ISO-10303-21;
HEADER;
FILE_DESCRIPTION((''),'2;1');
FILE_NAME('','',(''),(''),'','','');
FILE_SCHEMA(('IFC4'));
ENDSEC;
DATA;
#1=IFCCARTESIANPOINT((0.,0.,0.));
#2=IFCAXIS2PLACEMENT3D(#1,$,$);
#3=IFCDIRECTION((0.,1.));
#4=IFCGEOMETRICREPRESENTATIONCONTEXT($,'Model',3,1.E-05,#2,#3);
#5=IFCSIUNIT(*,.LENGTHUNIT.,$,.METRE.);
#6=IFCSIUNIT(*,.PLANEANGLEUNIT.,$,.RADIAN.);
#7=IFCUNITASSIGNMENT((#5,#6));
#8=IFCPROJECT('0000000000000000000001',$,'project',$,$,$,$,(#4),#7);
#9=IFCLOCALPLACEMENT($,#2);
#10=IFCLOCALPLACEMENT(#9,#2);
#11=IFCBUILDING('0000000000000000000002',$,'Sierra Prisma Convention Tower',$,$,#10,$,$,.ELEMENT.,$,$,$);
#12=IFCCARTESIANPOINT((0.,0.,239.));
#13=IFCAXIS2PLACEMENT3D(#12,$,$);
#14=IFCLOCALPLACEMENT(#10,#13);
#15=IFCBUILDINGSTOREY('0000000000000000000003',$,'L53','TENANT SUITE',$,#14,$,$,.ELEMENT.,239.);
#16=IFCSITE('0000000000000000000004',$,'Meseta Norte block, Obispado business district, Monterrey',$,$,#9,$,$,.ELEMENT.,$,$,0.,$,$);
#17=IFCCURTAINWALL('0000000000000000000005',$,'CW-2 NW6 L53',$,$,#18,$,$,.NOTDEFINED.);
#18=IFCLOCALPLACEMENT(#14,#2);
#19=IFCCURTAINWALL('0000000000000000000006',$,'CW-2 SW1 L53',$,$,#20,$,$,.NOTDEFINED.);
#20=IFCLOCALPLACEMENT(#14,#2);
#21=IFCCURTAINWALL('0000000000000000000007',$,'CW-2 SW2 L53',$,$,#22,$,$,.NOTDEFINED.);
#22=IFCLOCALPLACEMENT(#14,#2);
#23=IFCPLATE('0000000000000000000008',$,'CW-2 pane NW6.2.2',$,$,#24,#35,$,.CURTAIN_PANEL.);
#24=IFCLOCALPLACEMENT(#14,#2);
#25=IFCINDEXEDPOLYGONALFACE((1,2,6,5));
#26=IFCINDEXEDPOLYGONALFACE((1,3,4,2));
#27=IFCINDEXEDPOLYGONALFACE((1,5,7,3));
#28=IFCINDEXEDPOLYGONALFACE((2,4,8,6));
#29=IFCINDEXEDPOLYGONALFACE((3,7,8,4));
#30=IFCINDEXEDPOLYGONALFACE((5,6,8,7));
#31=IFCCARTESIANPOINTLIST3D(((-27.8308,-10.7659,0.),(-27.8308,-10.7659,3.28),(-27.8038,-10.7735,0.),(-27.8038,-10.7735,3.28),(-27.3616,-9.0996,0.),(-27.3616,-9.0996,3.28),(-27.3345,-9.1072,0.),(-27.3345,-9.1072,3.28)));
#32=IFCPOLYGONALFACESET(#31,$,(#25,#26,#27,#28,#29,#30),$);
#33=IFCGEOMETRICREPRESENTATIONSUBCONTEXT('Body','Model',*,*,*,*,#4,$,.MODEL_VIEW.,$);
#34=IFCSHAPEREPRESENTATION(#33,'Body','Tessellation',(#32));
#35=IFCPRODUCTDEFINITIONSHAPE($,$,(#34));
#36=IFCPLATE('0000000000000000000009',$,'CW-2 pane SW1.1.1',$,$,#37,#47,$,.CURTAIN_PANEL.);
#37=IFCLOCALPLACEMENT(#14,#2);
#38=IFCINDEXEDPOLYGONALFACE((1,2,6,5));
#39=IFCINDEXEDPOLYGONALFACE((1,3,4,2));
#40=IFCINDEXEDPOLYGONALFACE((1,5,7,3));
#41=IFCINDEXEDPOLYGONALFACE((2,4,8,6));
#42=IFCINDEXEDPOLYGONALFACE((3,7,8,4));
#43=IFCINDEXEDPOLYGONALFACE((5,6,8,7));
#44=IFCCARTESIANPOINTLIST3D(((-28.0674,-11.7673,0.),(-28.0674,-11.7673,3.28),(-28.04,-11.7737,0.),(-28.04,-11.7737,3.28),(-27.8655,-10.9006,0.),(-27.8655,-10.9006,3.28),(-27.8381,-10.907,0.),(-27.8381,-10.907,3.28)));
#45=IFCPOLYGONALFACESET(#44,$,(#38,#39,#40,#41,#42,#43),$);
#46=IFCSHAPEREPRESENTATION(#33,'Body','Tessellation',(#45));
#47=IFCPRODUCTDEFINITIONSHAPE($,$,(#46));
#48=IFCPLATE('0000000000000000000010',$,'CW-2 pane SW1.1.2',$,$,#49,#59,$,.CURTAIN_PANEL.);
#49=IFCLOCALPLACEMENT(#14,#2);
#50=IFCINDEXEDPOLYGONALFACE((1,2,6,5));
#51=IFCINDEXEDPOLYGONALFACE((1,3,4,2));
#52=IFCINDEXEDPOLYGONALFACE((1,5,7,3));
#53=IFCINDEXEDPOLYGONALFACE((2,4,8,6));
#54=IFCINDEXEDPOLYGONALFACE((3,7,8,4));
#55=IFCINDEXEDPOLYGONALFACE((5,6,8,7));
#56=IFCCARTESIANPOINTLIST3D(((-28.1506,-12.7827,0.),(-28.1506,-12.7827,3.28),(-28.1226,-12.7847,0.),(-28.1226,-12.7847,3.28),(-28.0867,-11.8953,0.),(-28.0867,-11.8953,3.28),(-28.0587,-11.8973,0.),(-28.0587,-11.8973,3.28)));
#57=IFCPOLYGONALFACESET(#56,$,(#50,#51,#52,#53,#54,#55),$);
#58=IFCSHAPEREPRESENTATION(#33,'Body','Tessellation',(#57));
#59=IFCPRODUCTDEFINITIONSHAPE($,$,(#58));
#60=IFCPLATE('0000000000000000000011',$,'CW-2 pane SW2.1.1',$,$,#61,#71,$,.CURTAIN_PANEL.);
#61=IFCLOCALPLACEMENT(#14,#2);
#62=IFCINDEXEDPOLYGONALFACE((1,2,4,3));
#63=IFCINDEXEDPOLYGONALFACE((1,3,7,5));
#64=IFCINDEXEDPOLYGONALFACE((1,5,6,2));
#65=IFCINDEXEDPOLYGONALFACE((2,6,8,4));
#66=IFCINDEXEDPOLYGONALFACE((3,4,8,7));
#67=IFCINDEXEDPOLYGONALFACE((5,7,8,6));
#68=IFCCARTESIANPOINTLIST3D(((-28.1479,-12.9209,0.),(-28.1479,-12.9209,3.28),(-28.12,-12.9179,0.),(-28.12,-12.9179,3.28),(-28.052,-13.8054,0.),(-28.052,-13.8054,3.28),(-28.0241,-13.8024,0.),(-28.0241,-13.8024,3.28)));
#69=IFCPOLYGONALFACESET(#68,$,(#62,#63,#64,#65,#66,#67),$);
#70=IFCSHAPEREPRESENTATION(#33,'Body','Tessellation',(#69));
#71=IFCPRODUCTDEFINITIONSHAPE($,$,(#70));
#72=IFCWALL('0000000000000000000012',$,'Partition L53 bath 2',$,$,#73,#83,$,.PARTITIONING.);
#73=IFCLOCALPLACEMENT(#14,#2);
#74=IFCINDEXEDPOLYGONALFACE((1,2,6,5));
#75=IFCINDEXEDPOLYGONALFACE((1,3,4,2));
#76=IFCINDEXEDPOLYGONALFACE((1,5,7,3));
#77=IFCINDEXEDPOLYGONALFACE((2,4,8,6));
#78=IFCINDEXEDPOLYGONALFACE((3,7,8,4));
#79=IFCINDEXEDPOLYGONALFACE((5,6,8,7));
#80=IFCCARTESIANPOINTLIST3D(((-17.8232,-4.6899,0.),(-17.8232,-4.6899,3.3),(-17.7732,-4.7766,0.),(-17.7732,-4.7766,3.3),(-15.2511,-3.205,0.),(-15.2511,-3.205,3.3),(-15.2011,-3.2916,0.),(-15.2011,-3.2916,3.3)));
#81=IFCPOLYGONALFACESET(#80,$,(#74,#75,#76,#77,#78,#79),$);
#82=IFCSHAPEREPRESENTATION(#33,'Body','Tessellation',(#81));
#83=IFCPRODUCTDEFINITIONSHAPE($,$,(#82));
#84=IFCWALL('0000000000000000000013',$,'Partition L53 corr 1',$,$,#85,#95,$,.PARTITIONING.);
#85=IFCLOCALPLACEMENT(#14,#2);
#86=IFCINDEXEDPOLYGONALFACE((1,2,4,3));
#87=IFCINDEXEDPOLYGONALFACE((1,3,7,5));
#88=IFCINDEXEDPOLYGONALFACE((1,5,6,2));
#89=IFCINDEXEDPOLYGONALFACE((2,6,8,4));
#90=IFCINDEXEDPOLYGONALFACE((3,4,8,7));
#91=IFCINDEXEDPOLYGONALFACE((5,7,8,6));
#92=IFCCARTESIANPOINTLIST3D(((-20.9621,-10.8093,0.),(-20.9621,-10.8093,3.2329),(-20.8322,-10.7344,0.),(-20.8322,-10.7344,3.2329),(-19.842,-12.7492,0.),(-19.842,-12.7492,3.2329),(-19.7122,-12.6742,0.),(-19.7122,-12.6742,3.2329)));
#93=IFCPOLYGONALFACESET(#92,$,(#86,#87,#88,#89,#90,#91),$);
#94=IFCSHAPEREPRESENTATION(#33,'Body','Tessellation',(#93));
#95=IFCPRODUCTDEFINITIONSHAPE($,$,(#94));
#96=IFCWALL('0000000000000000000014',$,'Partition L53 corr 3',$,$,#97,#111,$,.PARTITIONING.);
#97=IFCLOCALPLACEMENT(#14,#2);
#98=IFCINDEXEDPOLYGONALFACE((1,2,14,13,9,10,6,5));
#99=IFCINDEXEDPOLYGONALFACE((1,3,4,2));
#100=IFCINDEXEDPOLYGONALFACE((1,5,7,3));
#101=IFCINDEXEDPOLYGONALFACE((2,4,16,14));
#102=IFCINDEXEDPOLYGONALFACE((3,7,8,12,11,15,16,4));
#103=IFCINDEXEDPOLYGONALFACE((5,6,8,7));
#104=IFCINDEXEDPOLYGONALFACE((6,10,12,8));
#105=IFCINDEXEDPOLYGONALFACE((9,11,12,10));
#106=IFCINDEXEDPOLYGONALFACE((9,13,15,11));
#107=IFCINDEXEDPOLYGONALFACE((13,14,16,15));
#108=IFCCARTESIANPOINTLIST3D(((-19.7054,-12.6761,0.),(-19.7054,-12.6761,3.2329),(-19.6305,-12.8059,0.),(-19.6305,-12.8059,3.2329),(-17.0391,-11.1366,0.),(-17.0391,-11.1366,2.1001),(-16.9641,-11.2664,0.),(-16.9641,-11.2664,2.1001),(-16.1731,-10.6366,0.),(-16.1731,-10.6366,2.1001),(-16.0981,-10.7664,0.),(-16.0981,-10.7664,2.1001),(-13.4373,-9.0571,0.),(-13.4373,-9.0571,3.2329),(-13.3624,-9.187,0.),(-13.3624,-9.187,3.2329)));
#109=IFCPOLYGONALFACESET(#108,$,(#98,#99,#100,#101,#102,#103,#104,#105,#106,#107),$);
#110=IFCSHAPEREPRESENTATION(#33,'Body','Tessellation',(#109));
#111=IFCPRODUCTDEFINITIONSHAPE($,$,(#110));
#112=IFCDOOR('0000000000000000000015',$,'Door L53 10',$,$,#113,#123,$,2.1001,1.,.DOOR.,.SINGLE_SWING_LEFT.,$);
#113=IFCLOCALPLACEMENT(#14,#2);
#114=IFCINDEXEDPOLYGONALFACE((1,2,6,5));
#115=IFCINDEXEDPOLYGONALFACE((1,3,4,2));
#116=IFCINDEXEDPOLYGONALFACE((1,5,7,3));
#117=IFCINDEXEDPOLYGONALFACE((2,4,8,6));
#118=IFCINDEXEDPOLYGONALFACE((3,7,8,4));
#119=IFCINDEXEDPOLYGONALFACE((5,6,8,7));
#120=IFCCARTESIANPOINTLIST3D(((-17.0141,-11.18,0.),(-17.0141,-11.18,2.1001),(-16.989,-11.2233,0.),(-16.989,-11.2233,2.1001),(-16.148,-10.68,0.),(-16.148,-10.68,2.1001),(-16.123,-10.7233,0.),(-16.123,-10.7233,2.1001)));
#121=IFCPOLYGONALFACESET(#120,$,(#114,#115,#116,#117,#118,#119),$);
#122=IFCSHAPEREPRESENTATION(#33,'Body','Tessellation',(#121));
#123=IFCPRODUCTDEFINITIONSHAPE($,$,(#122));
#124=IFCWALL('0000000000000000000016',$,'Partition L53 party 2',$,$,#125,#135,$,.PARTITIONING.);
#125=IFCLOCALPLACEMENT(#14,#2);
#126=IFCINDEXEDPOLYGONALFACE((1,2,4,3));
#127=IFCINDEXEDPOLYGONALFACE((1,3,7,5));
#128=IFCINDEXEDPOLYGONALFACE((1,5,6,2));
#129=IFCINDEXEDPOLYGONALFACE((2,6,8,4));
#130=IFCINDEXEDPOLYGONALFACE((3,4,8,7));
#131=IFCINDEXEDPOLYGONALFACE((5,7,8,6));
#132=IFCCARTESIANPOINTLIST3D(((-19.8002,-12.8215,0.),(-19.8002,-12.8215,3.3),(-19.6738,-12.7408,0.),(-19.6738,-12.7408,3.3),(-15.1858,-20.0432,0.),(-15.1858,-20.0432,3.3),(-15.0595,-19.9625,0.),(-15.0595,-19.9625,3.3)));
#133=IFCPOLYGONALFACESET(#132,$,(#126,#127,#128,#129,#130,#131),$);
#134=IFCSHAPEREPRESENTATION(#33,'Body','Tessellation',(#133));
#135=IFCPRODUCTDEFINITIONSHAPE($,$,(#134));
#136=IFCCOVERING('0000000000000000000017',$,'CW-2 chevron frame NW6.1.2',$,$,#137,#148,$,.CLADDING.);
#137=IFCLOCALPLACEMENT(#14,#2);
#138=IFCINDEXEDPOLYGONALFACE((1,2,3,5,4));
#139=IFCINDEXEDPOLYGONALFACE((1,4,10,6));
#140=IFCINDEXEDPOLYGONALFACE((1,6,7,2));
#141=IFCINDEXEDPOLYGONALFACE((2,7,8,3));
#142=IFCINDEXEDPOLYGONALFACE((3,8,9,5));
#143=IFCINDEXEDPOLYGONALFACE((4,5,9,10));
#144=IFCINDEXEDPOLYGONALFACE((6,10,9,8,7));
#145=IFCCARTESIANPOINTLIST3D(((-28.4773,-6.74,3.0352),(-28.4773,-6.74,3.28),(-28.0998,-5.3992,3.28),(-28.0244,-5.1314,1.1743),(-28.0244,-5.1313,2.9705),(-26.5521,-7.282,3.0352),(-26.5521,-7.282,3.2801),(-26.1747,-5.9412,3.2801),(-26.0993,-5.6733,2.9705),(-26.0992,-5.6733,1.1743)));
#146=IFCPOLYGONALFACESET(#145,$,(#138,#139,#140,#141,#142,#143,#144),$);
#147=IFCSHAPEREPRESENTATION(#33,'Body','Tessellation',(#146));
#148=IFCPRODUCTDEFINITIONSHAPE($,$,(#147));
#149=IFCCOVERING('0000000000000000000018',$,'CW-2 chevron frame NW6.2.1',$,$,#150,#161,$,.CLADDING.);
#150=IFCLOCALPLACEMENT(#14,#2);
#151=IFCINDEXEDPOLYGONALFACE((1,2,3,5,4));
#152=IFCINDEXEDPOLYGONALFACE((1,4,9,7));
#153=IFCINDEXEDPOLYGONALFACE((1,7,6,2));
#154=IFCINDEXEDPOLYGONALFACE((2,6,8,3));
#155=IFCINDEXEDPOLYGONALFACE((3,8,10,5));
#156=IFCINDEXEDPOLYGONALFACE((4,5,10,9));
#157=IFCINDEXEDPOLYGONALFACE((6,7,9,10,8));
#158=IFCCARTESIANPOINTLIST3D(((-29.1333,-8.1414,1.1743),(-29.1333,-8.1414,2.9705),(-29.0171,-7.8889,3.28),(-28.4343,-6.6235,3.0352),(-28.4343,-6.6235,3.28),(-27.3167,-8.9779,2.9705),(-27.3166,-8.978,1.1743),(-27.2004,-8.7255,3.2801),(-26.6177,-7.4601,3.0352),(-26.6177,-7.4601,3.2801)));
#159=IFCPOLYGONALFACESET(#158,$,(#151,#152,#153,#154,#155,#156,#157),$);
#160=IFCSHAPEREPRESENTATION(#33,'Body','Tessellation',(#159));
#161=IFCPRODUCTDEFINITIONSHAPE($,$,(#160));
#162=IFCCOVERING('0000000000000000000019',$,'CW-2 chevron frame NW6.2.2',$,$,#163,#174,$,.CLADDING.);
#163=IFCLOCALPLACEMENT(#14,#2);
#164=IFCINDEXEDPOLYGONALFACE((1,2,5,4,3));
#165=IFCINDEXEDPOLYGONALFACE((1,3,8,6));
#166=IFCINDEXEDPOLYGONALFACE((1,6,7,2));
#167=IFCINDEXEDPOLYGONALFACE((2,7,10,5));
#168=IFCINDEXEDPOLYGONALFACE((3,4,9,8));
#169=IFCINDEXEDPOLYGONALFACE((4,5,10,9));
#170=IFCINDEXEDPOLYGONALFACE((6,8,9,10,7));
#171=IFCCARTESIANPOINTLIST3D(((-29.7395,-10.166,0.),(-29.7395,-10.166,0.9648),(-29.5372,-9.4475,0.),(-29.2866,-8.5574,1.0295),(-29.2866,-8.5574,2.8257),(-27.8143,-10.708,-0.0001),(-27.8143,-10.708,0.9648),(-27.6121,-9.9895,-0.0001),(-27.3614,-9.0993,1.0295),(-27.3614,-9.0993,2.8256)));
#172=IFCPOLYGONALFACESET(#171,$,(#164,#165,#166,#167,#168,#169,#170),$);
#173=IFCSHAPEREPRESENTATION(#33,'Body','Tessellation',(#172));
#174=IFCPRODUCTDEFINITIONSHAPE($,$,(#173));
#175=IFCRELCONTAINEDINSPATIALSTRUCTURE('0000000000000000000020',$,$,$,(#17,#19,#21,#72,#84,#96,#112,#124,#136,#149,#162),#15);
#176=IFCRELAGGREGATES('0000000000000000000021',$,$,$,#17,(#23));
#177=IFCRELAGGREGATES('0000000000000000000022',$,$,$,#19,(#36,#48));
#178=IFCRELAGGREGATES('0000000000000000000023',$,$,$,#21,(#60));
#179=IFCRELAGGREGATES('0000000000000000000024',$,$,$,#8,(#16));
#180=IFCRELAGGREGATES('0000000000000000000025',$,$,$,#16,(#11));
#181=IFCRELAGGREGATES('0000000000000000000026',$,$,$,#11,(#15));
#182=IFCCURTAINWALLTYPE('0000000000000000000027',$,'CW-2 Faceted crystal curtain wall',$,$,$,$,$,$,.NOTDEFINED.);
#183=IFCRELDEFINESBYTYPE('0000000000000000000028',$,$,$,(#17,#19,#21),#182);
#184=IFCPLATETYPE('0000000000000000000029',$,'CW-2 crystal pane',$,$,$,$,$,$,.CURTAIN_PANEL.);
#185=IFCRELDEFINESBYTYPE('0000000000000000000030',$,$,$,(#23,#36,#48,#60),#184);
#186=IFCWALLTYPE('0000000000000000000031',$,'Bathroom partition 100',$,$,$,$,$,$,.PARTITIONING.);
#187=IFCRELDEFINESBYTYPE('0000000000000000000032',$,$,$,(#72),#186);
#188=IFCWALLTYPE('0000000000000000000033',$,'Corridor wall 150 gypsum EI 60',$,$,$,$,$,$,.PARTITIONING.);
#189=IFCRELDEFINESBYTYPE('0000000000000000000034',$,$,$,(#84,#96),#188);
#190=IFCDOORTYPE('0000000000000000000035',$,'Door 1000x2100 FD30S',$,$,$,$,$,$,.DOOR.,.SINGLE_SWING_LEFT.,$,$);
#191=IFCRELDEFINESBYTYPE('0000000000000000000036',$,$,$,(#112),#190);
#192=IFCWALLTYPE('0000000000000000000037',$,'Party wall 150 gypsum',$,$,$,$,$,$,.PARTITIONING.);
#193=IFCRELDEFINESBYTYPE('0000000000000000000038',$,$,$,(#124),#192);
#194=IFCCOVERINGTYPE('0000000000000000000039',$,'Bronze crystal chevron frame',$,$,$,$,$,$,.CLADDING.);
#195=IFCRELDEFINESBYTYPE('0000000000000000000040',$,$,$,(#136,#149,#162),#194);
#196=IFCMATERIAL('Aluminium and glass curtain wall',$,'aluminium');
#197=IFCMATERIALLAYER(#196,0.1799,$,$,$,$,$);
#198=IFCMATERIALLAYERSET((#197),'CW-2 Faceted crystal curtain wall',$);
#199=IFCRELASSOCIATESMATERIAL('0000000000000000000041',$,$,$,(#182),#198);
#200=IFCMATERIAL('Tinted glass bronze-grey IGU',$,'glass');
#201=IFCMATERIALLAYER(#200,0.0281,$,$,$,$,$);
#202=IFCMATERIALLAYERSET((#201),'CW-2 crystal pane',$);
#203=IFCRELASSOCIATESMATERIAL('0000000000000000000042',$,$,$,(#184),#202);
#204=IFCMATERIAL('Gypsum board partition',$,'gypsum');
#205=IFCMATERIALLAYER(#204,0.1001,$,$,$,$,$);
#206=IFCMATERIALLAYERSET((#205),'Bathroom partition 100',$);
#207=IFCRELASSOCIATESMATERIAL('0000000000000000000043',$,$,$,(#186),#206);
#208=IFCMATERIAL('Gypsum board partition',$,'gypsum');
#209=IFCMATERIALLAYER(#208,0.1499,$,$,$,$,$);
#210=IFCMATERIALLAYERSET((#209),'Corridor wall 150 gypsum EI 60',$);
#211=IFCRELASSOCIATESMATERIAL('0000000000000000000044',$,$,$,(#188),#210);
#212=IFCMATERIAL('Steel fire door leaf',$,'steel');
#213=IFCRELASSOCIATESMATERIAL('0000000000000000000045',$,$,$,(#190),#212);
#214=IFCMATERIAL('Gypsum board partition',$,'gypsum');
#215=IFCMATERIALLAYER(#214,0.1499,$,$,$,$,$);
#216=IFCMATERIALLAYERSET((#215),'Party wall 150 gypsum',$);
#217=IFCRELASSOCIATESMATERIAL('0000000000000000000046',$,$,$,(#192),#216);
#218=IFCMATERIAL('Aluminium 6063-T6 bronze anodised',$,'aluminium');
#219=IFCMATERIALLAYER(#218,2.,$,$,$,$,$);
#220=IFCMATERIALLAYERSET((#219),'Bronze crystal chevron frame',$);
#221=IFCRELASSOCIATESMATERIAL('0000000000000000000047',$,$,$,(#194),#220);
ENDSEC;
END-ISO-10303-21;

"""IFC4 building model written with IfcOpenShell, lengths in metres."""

from ifc_helpers import new_model, si_unit, direction, frame, frame_2d, origin, place, context, subcontext, project, spatial, polyline, rectangle, outline, extrude, material, layer, layer_set, type_object, element, fill, aggregate, save


model = new_model("IFC4")

# Units and contexts
model_context = context("Model", 3, precision=1e-05, world=origin(), true_north=direction((0.0, 1.0)))
body_context = subcontext(model_context, "Body", "Model", "MODEL_VIEW")
ifc_project = project(units=[si_unit("LENGTHUNIT", "METRE"), si_unit("PLANEANGLEUNIT", "RADIAN")], contexts=[model_context])

# Site, building, storey
site_placement = place(None, origin())
site = spatial("IfcSite", under=ifc_project, at=site_placement, Name="Meseta Norte block, Obispado business district, Monterrey", CompositionType="ELEMENT", RefElevation=0.0)
building_placement = place(site_placement, origin())
building = spatial("IfcBuilding", under=site, at=building_placement, Name="Sierra Prisma Convention Tower", CompositionType="ELEMENT")
storey_placement = place(building_placement, frame((0.0, 0.0, 239.0)))
storey = spatial("IfcBuildingStorey", under=building, at=storey_placement, Name="L53", Description="TENANT SUITE", CompositionType="ELEMENT", Elevation=239.0)

# Curtain wall
ifc_material_1 = material(Name="Aluminium and glass curtain wall", Category="aluminium")
ifc_layer_1 = layer(ifc_material_1, 0.1799)
ifc_layer_set_1 = layer_set([ifc_layer_1], Name="CW-2 Faceted crystal curtain wall")
curtain_wall_type = type_object("IfcCurtainWallType", Name="CW-2 Faceted crystal curtain wall", PredefinedType="NOTDEFINED", material=ifc_layer_set_1)
curtain_wall_1_placement = place(storey_placement, origin())
curtain_wall_1 = element("IfcCurtainWall", 1, at=curtain_wall_1_placement, inside=storey, type_object=curtain_wall_type, Name="CW-2 NW6 L53", PredefinedType="NOTDEFINED")

# Curtain walls
curtain_wall_2_placement = place(storey_placement, origin())
curtain_wall_2 = element("IfcCurtainWall", 2, at=curtain_wall_2_placement, inside=storey, type_object=curtain_wall_type, Name="CW-2 SW1 L53", PredefinedType="NOTDEFINED")
curtain_wall_3_placement = place(storey_placement, origin())
curtain_wall_3 = element("IfcCurtainWall", 3, at=curtain_wall_3_placement, inside=storey, type_object=curtain_wall_type, Name="CW-2 SW2 L53", PredefinedType="NOTDEFINED")

# Plates
ifc_material_2 = material(Name="Tinted glass bronze-grey IGU", Category="glass")
ifc_layer_2 = layer(ifc_material_2, 0.0281)
ifc_layer_set_2 = layer_set([ifc_layer_2], Name="CW-2 crystal pane")
plate_type = type_object("IfcPlateType", Name="CW-2 crystal pane", PredefinedType="CURTAIN_PANEL", material=ifc_layer_set_2)
plate_1_placement = place(storey_placement, frame((-27.8308, -10.7659, 0.0), z_axis=(-0.96256, 0.271068, 0.0), x_axis=(0.271068, 0.96256, 0.0)))
plate_1 = element("IfcPlate", 4, at=plate_1_placement, type_object=plate_type, Name="CW-2 pane NW6.2.2", PredefinedType="CURTAIN_PANEL", context=body_context, shape_type="SweptSolid", body=[
    extrude(outline(polyline([(0.0, 0.0), (1.7311, 0.0), (1.7311, -3.28), (0.0, -3.28), (0.0, 0.0)])), origin(), (0.0, 0.0, -1.0), 0.0281),
])
aggregate(curtain_wall_1, [plate_1])
plate_2_placement = place(storey_placement, frame((-27.8655, -10.9006, 0.0), z_axis=(-0.973922, 0.226883, 0.0), x_axis=(-0.226883, -0.973922, 0.0)))
plate_2 = element("IfcPlate", 5, at=plate_2_placement, type_object=plate_type, Name="CW-2 pane SW1.1.1", PredefinedType="CURTAIN_PANEL", context=body_context, shape_type="SweptSolid", body=[
    extrude(outline(polyline([(0.0, 0.0), (0.8899, 0.0), (0.8899, 3.28), (0.0, 3.28), (0.0, 0.0)])), origin(), (0.0, 0.0, -1.0), 0.0281),
])
plate_3_placement = place(storey_placement, frame((-28.1506, -12.7827, 0.0), z_axis=(-0.997413, 0.071891, 0.0), x_axis=(0.071891, 0.997413, 0.0)))
plate_3 = element("IfcPlate", 6, at=plate_3_placement, type_object=plate_type, Name="CW-2 pane SW1.1.2", PredefinedType="CURTAIN_PANEL", context=body_context, shape_type="SweptSolid", body=[
    extrude(outline(polyline([(0.0, 0.0), (0.8898, 0.0), (0.8898, -3.28), (0.0, -3.28), (0.0, 0.0)])), origin(), (0.0, 0.0, -1.0), 0.0281),
])
aggregate(curtain_wall_2, [plate_2, plate_3])
plate_4_placement = place(storey_placement, frame((-28.1479, -12.9209, 0.0), z_axis=(-0.994168, -0.107841, 0.0), x_axis=(0.107841, -0.994168, 0.0)))
plate_4 = element("IfcPlate", 7, at=plate_4_placement, type_object=plate_type, Name="CW-2 pane SW2.1.1", PredefinedType="CURTAIN_PANEL", context=body_context, shape_type="SweptSolid", body=[
    extrude(outline(polyline([(0.0, 0.0), (0.8897, 0.0), (0.8897, 3.28), (0.0, 3.28), (0.0, 0.0)])), origin(), (0.0, 0.0, -1.0), 0.0281),
])
aggregate(curtain_wall_3, [plate_4])

# Walls
ifc_material_3 = material(Name="Gypsum board partition", Category="gypsum")
ifc_layer_3 = layer(ifc_material_3, 0.1001)
ifc_layer_set_3 = layer_set([ifc_layer_3], Name="Bathroom partition 100")
wall_type_1 = type_object("IfcWallType", Name="Bathroom partition 100", PredefinedType="PARTITIONING", material=ifc_layer_set_3)
wall_1_placement = place(storey_placement, frame((-17.7981, -4.7332, 0.0), z_axis=(0.0, 0.0, 1.0), x_axis=(0.866039, 0.499976, 0.0)))
element("IfcWall", 8, at=wall_1_placement, inside=storey, type_object=wall_type_1, Name="Partition L53 bath 2", PredefinedType="PARTITIONING", context=body_context, shape_type="SweptSolid", body=[
    extrude(rectangle(XDim=2.97, YDim=0.1001, at=frame_2d((1.4849, 0.0))), origin(), (0.0, 0.0, 1.0), 3.3),
])
ifc_material_4 = material(Name="Gypsum board partition", Category="gypsum")
ifc_layer_4 = layer(ifc_material_4, 0.1499)
ifc_layer_set_4 = layer_set([ifc_layer_4], Name="Corridor wall 150 gypsum EI 60")
wall_type_2 = type_object("IfcWallType", Name="Corridor wall 150 gypsum EI 60", PredefinedType="PARTITIONING", material=ifc_layer_set_4)
wall_2_placement = place(storey_placement, frame((-20.8972, -10.7717, 0.0), z_axis=(0.0, 0.0, 1.0), x_axis=(0.500031, -0.866008, 0.0)))
element("IfcWall", 9, at=wall_2_placement, inside=storey, type_object=wall_type_2, Name="Partition L53 corr 1", PredefinedType="PARTITIONING", context=body_context, shape_type="SweptSolid", body=[
    extrude(rectangle(XDim=2.24, YDim=0.1499, at=frame_2d((1.1201, 0.0))), origin(), (0.0, 0.0, 1.0), 3.2329),
])

# Wall, opening, door
wall_3_placement = place(storey_placement, frame((-19.668, -12.741, 0.0), z_axis=(0.0, 0.0, 1.0), x_axis=(0.866024, 0.500003, 0.0)))
wall_3 = element("IfcWall", 10, at=wall_3_placement, inside=storey, type_object=wall_type_2, Name="Partition L53 corr 3", PredefinedType="PARTITIONING", context=body_context, shape_type="SweptSolid", body=[
    extrude(rectangle(XDim=7.2378, YDim=0.1499, at=frame_2d((3.6189, 0.0))), origin(), (0.0, 0.0, 1.0), 3.2329),
])
opening_placement = place(wall_3_placement, frame((3.0789, 0.0, 0.0)))
opening = element("IfcOpeningElement", 11, at=opening_placement, cuts=wall_3, PredefinedType="OPENING", context=body_context, shape_type="SweptSolid", body=[
    extrude(rectangle(XDim=1.0, YDim=2.1001, at=frame_2d((0.5, 1.05))), frame((0.0, 0.075, 0.0), z_axis=(0.0, -1.0, 0.0), x_axis=(1.0, 0.0, 0.0)), (0.0, 0.0, 1.0), 0.1499),
])
ifc_material_5 = material(Name="Steel fire door leaf", Category="steel")
door_type = type_object("IfcDoorType", Name="Door 1000x2100 FD30S", OperationType="SINGLE_SWING_LEFT", PredefinedType="DOOR", material=ifc_material_5)
door_placement = place(opening_placement, origin())
door = element("IfcDoor", 12, at=door_placement, inside=storey, type_object=door_type, Name="Door L53 10", OperationType="SINGLE_SWING_LEFT", OverallHeight=2.1001, OverallWidth=1.0, PredefinedType="DOOR", context=body_context, shape_type="SweptSolid", body=[
    extrude(rectangle(XDim=1.0, YDim=2.1001, at=frame_2d((0.5, 1.05))), frame((0.0, 0.0249, 0.0), z_axis=(0.0, -1.0, 0.0), x_axis=(1.0, 0.0, 0.0)), (0.0, 0.0, 1.0), 0.05),
])
fill(opening, door)

# Wall
ifc_material_6 = material(Name="Gypsum board partition", Category="gypsum")
ifc_layer_5 = layer(ifc_material_6, 0.1499)
ifc_layer_set_5 = layer_set([ifc_layer_5], Name="Party wall 150 gypsum")
wall_type_3 = type_object("IfcWallType", Name="Party wall 150 gypsum", PredefinedType="PARTITIONING", material=ifc_layer_set_5)
wall_4_placement = place(storey_placement, frame((-19.7371, -12.781, 0.0), z_axis=(0.0, 0.0, 1.0), x_axis=(0.538423, -0.842675, 0.0)))
element("IfcWall", 13, at=wall_4_placement, inside=storey, type_object=wall_type_3, Name="Partition L53 party 2", PredefinedType="PARTITIONING", context=body_context, shape_type="SweptSolid", body=[
    extrude(rectangle(XDim=8.5701, YDim=0.1499, at=frame_2d((4.2852, 0.0))), origin(), (0.0, 0.0, 1.0), 3.3),
])

# Coverings
ifc_material_7 = material(Name="Aluminium 6063-T6 bronze anodised", Category="aluminium")
ifc_layer_6 = layer(ifc_material_7, 2.0)
ifc_layer_set_6 = layer_set([ifc_layer_6], Name="Bronze crystal chevron frame")
covering_type = type_object("IfcCoveringType", Name="Bronze crystal chevron frame", PredefinedType="CLADDING", material=ifc_layer_set_6)
covering_1_placement = place(storey_placement, frame((-28.0244, -5.1313, 2.9705), z_axis=(-0.962582, 0.270992, -0.000017), x_axis=(0.000016, -0.000004, -1.0)))
element("IfcCovering", 14, at=covering_1_placement, inside=storey, type_object=covering_type, Name="CW-2 chevron frame NW6.1.2", PredefinedType="CLADDING", context=body_context, shape_type="SweptSolid", body=[
    extrude(outline(polyline([(0.0, 0.0), (1.7961, 0.0), (-0.0647, 1.6712), (-0.3096, 1.6712), (-0.3096, 0.2782), (0.0, 0.0)])), origin(), (0.0, 0.0, -1.0), 2.0),
])
covering_2_placement = place(storey_placement, frame((-28.4343, -6.6235, 3.28), z_axis=(-0.908313, 0.418292, -0.000016), x_axis=(0.000015, -0.000007, -1.0)))
element("IfcCovering", 15, at=covering_2_placement, inside=storey, type_object=covering_type, Name="CW-2 chevron frame NW6.2.1", PredefinedType="CLADDING", context=body_context, shape_type="SweptSolid", body=[
    extrude(outline(polyline([(0.0, 0.0), (0.2449, 0.0), (2.1057, 1.671), (0.3096, 1.671), (0.0, 1.3931), (0.0, 0.0)])), origin(), (0.0, 0.0, -1.0), 2.0),
])
covering_3_placement = place(storey_placement, frame((-29.7395, -10.166, 0.0), z_axis=(-0.962587, 0.270972, 0.00004), x_axis=(0.000038, -0.000011, 1.0)))
element("IfcCovering", 16, at=covering_3_placement, inside=storey, type_object=covering_type, Name="CW-2 chevron frame NW6.2.2", PredefinedType="CLADDING", context=body_context, shape_type="SweptSolid", body=[
    extrude(outline(polyline([(0.0, 0.0), (0.9648, 0.0), (2.8257, 1.6712), (1.0295, 1.6712), (0.0, 0.7464), (0.0, 0.0)])), origin(), (0.0, 0.0, -1.0), 2.0),
])

save(model, "model.ifc")
